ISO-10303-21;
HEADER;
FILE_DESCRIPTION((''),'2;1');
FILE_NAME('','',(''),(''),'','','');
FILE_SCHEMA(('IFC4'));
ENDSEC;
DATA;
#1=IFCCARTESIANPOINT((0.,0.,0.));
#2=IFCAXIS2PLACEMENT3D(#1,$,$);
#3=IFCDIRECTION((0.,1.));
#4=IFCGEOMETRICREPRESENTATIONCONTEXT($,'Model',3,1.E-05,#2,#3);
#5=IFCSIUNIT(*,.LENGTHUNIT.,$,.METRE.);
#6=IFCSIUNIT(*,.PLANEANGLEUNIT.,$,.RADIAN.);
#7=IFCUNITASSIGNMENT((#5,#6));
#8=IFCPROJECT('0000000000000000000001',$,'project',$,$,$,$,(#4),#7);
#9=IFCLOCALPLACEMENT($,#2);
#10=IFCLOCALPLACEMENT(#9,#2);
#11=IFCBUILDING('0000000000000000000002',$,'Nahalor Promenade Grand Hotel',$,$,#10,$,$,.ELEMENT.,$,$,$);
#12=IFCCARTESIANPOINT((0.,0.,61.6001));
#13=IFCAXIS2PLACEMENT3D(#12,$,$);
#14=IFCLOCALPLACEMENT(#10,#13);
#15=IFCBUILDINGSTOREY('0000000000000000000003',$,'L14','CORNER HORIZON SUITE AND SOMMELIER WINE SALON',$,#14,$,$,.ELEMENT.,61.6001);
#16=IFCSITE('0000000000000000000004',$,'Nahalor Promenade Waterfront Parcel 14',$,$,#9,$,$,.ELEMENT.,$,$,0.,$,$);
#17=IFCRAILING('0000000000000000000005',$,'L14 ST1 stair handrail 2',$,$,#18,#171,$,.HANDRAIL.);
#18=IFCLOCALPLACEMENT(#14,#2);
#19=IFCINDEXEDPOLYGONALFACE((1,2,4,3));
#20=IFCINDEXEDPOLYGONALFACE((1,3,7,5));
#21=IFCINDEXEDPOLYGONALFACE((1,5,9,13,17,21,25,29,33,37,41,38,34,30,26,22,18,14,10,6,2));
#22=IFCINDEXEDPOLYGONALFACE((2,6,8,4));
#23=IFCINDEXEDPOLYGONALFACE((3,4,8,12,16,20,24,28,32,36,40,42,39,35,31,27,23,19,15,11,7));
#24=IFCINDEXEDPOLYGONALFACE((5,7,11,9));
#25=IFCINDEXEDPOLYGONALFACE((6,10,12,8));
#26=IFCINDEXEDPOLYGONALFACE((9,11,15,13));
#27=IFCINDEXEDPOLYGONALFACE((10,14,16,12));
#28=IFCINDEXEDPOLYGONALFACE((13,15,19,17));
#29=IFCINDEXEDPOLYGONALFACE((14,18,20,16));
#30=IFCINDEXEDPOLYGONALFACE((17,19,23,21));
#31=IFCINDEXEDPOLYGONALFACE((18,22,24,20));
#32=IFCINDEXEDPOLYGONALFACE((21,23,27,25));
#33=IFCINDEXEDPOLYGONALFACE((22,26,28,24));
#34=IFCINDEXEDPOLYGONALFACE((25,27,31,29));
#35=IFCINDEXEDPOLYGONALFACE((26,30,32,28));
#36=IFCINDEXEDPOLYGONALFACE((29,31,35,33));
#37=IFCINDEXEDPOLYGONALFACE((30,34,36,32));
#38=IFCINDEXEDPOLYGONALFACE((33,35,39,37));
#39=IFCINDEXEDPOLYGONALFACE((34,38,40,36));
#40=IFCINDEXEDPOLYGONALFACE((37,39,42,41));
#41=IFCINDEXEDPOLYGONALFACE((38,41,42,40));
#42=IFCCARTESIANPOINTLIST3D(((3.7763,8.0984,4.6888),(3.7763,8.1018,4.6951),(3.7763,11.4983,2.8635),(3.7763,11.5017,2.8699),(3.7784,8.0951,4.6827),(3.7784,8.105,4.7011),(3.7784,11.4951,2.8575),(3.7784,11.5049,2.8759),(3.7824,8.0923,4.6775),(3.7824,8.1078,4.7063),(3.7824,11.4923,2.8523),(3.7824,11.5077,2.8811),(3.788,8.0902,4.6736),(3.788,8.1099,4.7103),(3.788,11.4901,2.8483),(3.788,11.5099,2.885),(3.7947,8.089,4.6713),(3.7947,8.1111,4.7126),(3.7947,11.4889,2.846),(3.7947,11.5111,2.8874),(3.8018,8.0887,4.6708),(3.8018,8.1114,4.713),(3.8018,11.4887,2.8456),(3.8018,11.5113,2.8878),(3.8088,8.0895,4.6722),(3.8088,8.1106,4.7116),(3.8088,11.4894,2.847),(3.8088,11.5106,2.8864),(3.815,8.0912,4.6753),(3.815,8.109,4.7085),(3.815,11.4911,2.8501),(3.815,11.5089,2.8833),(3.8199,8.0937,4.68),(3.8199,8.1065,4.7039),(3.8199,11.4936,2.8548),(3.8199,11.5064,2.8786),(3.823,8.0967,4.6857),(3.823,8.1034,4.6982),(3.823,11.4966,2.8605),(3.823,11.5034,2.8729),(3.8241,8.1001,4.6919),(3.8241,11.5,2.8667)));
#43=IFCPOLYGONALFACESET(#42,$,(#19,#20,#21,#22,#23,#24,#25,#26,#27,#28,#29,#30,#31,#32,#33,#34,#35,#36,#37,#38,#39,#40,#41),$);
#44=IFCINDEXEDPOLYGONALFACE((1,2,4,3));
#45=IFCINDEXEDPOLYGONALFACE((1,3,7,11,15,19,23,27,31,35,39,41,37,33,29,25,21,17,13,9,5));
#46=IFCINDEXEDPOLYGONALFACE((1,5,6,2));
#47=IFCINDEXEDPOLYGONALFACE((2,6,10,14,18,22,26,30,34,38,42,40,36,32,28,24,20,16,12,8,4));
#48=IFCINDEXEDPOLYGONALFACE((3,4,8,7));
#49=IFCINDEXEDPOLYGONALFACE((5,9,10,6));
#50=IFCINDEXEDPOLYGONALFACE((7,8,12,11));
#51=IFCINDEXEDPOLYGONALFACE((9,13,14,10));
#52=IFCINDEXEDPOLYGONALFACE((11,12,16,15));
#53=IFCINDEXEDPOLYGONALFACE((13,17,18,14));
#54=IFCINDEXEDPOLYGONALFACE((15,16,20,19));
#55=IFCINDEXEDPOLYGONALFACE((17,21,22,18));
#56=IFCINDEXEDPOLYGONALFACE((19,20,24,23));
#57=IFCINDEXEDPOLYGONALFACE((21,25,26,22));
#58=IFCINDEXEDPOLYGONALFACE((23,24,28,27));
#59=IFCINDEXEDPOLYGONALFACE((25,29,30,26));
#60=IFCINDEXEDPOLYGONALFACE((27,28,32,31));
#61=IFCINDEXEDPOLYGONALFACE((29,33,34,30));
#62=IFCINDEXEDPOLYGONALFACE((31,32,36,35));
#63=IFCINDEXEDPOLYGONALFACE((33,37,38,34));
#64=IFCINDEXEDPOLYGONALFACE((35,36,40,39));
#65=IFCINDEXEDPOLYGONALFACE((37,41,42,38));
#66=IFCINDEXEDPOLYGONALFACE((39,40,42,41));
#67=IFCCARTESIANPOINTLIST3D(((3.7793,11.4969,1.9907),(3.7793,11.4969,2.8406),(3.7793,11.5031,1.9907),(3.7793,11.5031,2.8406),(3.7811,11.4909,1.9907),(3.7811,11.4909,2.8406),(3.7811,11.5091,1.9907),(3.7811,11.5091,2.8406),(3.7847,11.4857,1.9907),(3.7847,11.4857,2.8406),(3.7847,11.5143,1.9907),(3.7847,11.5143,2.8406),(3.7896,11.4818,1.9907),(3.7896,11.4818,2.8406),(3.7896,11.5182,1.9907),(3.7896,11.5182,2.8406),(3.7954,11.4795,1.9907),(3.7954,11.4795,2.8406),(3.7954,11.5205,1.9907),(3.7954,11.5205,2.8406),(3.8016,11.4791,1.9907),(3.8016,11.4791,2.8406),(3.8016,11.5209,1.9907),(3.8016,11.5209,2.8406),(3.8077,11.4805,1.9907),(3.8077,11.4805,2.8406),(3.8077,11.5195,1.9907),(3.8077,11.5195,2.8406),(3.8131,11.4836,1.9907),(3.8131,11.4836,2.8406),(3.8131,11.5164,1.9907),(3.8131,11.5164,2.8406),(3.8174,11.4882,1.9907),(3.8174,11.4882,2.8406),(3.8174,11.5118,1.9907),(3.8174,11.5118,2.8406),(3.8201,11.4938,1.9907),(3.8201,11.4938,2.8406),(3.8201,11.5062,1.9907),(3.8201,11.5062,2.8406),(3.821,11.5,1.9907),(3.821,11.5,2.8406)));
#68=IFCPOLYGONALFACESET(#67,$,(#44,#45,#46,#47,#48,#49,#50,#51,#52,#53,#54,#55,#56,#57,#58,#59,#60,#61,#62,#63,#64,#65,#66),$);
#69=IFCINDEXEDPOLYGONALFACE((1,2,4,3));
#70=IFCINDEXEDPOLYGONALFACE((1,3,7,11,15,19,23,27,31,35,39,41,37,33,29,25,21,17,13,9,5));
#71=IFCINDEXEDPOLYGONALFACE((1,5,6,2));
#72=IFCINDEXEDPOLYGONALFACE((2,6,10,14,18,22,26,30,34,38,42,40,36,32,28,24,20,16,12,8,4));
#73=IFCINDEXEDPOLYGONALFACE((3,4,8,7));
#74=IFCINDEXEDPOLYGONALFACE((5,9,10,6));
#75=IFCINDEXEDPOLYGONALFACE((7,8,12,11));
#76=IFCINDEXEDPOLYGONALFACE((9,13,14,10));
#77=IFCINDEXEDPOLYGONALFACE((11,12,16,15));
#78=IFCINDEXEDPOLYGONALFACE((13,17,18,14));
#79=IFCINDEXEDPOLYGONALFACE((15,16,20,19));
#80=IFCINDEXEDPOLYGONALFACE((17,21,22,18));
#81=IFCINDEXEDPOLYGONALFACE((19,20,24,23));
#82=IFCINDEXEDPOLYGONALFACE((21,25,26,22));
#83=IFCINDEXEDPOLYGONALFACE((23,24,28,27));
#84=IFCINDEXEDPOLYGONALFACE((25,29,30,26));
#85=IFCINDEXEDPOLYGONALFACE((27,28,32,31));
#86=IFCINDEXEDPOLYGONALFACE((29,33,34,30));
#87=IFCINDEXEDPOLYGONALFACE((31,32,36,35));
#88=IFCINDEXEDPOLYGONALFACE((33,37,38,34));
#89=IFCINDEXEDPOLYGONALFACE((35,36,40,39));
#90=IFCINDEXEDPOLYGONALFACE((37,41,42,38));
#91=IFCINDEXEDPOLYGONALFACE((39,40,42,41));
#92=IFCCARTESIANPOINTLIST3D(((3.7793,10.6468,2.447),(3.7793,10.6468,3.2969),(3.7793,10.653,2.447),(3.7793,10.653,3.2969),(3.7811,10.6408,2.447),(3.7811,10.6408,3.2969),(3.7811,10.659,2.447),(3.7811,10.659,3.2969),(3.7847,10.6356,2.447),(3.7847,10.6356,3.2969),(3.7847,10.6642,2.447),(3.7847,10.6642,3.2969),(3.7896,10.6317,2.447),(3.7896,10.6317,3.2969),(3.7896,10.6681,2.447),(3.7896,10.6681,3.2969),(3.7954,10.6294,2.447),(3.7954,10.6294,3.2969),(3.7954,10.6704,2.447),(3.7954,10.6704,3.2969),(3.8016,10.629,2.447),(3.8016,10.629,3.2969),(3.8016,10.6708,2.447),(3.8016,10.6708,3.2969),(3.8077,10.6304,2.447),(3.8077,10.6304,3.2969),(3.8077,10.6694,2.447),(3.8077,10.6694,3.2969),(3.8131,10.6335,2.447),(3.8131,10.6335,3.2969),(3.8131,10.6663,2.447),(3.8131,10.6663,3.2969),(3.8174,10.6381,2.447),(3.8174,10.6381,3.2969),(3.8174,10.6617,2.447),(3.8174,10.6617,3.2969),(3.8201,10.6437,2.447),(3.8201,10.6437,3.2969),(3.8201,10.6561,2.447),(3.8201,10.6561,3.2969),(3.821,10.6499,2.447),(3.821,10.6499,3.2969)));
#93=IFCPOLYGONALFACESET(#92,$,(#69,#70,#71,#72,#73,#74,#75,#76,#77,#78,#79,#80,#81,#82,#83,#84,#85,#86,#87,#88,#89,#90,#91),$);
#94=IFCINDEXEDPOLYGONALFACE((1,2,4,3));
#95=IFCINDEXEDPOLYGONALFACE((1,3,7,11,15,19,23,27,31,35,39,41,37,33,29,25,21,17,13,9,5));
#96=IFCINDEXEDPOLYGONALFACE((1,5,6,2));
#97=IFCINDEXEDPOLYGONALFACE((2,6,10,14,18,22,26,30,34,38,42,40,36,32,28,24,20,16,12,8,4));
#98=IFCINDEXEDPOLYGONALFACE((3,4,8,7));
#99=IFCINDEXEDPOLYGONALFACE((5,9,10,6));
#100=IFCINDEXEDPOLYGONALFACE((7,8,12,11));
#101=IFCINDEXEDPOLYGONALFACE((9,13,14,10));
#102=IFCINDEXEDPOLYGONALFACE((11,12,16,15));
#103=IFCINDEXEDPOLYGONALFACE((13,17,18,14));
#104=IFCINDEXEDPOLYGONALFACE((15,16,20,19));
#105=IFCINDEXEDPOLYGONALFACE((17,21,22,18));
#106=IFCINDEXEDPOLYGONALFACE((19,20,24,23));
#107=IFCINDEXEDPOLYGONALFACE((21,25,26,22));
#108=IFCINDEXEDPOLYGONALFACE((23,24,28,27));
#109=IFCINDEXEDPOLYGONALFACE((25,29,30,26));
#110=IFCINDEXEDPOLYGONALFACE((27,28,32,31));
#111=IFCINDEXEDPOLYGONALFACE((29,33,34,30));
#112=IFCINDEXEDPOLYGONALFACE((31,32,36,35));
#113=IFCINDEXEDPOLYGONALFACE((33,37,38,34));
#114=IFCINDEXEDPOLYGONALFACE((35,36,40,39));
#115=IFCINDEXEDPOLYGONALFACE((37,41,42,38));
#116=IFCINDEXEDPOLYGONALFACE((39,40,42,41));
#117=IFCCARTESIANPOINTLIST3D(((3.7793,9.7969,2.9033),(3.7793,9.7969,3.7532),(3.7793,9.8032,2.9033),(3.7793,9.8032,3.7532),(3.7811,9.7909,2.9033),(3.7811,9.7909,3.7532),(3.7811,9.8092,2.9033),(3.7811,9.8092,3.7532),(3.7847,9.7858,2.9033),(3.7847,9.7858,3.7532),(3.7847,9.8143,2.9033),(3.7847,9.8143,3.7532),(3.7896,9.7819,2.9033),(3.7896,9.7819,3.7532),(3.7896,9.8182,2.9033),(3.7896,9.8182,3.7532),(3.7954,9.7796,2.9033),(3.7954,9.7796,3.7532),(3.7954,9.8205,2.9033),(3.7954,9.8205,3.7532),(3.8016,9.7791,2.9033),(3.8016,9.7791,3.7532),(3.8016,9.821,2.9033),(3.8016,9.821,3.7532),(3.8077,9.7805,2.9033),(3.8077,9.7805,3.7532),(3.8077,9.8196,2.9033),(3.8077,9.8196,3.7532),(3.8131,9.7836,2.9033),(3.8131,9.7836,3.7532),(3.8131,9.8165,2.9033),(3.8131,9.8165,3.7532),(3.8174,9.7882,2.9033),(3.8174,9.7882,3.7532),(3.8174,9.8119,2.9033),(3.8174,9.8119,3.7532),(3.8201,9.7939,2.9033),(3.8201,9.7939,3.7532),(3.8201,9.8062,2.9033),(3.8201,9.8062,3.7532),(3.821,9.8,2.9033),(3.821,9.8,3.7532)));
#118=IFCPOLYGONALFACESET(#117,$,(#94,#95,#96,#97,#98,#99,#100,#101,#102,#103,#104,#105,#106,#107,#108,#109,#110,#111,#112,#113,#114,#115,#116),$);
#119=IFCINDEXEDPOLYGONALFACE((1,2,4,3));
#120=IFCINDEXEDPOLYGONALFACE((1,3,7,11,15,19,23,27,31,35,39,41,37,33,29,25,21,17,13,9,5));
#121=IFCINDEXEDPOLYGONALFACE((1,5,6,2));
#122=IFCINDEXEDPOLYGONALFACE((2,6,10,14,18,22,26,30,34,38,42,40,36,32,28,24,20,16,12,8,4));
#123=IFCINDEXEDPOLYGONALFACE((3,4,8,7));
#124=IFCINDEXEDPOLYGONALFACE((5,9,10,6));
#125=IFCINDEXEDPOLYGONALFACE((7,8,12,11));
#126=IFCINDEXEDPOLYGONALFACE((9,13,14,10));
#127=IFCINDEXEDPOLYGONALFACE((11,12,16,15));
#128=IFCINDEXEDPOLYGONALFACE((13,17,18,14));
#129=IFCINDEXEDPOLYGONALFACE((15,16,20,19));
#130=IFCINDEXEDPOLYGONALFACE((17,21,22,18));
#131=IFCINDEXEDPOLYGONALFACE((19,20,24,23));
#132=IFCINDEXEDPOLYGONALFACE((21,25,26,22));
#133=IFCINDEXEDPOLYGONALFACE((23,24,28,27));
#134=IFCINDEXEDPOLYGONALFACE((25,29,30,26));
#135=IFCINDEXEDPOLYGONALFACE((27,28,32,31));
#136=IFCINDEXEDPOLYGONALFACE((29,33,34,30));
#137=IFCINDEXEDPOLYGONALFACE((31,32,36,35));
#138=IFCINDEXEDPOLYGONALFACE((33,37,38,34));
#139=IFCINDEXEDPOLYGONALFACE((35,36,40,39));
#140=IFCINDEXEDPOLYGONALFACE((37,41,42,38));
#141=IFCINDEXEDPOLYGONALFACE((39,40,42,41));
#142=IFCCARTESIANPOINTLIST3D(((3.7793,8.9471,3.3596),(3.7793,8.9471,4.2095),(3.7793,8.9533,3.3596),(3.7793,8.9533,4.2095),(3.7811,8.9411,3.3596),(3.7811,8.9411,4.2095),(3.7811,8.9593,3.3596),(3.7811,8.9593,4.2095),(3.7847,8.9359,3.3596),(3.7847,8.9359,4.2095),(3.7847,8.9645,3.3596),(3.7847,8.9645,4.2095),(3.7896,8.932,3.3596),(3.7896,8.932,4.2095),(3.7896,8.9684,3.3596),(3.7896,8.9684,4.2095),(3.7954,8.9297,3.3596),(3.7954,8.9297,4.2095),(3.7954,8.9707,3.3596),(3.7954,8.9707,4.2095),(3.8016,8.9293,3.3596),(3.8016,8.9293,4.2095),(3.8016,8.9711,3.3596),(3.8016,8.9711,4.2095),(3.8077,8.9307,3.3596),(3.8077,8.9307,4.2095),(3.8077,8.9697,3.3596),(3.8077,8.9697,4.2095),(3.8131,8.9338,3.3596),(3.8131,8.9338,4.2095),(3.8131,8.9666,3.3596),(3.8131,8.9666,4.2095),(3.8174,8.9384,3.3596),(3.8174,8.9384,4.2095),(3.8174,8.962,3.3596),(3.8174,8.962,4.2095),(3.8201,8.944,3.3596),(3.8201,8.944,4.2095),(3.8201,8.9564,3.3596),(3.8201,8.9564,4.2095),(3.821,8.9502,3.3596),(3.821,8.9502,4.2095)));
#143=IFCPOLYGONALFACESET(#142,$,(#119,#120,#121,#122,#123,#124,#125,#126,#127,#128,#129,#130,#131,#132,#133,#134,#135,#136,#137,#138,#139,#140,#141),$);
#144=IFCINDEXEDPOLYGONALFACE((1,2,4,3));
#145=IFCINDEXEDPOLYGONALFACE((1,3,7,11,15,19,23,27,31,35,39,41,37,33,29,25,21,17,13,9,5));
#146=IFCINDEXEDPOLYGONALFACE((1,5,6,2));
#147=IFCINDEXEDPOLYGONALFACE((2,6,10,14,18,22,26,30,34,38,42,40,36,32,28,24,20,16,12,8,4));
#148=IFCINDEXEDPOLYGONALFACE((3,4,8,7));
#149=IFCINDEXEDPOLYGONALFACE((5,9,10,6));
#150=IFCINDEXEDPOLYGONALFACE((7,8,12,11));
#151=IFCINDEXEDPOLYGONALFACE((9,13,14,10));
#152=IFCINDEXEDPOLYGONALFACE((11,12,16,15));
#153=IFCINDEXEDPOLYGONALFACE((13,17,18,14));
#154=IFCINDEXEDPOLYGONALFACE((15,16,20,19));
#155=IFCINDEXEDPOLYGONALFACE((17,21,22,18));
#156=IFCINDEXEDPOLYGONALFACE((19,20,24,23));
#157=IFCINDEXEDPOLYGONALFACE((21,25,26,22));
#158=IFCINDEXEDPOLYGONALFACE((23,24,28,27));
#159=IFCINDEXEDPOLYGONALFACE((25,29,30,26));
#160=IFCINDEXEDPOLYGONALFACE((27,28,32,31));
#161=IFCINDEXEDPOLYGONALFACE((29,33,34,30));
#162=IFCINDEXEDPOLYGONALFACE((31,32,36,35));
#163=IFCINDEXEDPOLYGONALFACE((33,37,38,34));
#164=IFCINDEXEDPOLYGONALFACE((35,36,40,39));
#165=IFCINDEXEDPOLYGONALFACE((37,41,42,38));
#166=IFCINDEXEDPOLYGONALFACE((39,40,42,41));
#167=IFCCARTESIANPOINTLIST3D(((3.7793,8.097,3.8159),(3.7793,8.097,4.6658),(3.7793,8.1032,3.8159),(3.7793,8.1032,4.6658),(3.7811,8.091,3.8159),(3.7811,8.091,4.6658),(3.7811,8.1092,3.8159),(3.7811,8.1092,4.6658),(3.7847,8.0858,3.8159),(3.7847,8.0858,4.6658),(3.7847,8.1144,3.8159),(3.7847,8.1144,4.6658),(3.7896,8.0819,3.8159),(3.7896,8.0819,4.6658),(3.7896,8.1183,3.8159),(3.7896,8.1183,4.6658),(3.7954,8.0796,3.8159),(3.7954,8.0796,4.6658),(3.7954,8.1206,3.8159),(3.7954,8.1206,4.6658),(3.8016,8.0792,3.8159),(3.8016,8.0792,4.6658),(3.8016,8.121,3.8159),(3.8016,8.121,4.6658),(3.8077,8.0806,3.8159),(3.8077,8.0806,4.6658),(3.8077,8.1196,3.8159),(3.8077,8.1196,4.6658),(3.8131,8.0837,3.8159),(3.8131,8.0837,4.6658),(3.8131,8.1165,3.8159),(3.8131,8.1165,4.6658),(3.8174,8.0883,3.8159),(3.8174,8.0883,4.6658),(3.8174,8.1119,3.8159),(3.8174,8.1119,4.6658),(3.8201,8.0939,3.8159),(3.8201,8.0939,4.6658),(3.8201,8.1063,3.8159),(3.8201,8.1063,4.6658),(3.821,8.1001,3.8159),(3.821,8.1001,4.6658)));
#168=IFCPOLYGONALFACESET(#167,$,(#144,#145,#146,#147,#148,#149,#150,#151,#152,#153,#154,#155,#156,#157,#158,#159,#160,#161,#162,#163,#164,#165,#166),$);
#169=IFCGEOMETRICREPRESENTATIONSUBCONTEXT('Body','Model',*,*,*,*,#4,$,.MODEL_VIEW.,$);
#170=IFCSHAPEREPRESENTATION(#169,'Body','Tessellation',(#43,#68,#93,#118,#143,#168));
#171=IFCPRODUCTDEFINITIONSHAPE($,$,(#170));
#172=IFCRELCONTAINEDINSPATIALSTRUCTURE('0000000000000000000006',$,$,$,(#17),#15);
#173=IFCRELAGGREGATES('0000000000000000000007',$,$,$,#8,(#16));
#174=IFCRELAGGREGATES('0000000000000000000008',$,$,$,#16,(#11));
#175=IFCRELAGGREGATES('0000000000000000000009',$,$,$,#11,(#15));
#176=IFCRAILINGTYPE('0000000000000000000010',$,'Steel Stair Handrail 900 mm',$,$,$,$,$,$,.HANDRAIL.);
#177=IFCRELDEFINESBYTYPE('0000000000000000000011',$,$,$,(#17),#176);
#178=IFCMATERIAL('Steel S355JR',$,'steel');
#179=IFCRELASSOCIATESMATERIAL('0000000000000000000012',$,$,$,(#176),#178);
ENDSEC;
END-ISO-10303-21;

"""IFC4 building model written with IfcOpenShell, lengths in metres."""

from ifc_helpers import new_model, si_unit, direction, frame, origin, origin_2d, place, context, subcontext, project, spatial, circle, extrude, material, type_object, element, save


model = new_model("IFC4")

# Units and contexts
model_context = context("Model", 3, precision=1e-05, world=origin(), true_north=direction((0.0, 1.0)))
body_context = subcontext(model_context, "Body", "Model", "MODEL_VIEW")
ifc_project = project(units=[si_unit("LENGTHUNIT", "METRE"), si_unit("PLANEANGLEUNIT", "RADIAN")], contexts=[model_context])

# Site, building, storey
site_placement = place(None, origin())
site = spatial("IfcSite", under=ifc_project, at=site_placement, Name="Nahalor Promenade Waterfront Parcel 14", CompositionType="ELEMENT", RefElevation=0.0)
building_placement = place(site_placement, origin())
building = spatial("IfcBuilding", under=site, at=building_placement, Name="Nahalor Promenade Grand Hotel", CompositionType="ELEMENT")
storey_placement = place(building_placement, frame((0.0, 0.0, 61.6001)))
storey = spatial("IfcBuildingStorey", under=building, at=storey_placement, Name="L14", Description="CORNER HORIZON SUITE AND SOMMELIER WINE SALON", CompositionType="ELEMENT", Elevation=61.6001)

# Shared definitions
ifc_material_1 = material(Name="Steel S355JR", Category="steel")

# Railing
railing_type_1 = type_object("IfcRailingType", Name="Steel Stair Handrail 900 mm", PredefinedType="HANDRAIL", material=ifc_material_1)
railing_1_placement = place(storey_placement, frame((3.8, 11.5, 1.9907)))
element("IfcRailing", 1, at=railing_1_placement, inside=storey, type_object=railing_type_1, Name="L14 ST1 stair handrail 2", PredefinedType="HANDRAIL", context=body_context, shape_type="SweptSolid", body=[
    extrude(circle(Radius=0.024, at=origin_2d()), frame((0.0, 0.0, 0.876), z_axis=(0.0, -0.881068, 0.47299), x_axis=(1.0, 0.0, 0.0)), (0.0, 0.0, 1.0), 3.8589),
    extrude(circle(Radius=0.021, at=origin_2d()), origin(), (0.0, 0.0, 1.0), 0.8499),
    extrude(circle(Radius=0.021, at=origin_2d()), frame((0.0, -0.8501, 0.4563)), (0.0, 0.0, 1.0), 0.8499),
    extrude(circle(Radius=0.021, at=origin_2d()), frame((0.0, -1.7, 0.9126)), (0.0, 0.0, 1.0), 0.8499),
    extrude(circle(Radius=0.021, at=origin_2d()), frame((0.0, -2.5498, 1.3689)), (0.0, 0.0, 1.0), 0.8499),
    extrude(circle(Radius=0.021, at=origin_2d()), frame((0.0, -3.3999, 1.8252)), (0.0, 0.0, 1.0), 0.8499),
])

save(model, "model.ifc")
